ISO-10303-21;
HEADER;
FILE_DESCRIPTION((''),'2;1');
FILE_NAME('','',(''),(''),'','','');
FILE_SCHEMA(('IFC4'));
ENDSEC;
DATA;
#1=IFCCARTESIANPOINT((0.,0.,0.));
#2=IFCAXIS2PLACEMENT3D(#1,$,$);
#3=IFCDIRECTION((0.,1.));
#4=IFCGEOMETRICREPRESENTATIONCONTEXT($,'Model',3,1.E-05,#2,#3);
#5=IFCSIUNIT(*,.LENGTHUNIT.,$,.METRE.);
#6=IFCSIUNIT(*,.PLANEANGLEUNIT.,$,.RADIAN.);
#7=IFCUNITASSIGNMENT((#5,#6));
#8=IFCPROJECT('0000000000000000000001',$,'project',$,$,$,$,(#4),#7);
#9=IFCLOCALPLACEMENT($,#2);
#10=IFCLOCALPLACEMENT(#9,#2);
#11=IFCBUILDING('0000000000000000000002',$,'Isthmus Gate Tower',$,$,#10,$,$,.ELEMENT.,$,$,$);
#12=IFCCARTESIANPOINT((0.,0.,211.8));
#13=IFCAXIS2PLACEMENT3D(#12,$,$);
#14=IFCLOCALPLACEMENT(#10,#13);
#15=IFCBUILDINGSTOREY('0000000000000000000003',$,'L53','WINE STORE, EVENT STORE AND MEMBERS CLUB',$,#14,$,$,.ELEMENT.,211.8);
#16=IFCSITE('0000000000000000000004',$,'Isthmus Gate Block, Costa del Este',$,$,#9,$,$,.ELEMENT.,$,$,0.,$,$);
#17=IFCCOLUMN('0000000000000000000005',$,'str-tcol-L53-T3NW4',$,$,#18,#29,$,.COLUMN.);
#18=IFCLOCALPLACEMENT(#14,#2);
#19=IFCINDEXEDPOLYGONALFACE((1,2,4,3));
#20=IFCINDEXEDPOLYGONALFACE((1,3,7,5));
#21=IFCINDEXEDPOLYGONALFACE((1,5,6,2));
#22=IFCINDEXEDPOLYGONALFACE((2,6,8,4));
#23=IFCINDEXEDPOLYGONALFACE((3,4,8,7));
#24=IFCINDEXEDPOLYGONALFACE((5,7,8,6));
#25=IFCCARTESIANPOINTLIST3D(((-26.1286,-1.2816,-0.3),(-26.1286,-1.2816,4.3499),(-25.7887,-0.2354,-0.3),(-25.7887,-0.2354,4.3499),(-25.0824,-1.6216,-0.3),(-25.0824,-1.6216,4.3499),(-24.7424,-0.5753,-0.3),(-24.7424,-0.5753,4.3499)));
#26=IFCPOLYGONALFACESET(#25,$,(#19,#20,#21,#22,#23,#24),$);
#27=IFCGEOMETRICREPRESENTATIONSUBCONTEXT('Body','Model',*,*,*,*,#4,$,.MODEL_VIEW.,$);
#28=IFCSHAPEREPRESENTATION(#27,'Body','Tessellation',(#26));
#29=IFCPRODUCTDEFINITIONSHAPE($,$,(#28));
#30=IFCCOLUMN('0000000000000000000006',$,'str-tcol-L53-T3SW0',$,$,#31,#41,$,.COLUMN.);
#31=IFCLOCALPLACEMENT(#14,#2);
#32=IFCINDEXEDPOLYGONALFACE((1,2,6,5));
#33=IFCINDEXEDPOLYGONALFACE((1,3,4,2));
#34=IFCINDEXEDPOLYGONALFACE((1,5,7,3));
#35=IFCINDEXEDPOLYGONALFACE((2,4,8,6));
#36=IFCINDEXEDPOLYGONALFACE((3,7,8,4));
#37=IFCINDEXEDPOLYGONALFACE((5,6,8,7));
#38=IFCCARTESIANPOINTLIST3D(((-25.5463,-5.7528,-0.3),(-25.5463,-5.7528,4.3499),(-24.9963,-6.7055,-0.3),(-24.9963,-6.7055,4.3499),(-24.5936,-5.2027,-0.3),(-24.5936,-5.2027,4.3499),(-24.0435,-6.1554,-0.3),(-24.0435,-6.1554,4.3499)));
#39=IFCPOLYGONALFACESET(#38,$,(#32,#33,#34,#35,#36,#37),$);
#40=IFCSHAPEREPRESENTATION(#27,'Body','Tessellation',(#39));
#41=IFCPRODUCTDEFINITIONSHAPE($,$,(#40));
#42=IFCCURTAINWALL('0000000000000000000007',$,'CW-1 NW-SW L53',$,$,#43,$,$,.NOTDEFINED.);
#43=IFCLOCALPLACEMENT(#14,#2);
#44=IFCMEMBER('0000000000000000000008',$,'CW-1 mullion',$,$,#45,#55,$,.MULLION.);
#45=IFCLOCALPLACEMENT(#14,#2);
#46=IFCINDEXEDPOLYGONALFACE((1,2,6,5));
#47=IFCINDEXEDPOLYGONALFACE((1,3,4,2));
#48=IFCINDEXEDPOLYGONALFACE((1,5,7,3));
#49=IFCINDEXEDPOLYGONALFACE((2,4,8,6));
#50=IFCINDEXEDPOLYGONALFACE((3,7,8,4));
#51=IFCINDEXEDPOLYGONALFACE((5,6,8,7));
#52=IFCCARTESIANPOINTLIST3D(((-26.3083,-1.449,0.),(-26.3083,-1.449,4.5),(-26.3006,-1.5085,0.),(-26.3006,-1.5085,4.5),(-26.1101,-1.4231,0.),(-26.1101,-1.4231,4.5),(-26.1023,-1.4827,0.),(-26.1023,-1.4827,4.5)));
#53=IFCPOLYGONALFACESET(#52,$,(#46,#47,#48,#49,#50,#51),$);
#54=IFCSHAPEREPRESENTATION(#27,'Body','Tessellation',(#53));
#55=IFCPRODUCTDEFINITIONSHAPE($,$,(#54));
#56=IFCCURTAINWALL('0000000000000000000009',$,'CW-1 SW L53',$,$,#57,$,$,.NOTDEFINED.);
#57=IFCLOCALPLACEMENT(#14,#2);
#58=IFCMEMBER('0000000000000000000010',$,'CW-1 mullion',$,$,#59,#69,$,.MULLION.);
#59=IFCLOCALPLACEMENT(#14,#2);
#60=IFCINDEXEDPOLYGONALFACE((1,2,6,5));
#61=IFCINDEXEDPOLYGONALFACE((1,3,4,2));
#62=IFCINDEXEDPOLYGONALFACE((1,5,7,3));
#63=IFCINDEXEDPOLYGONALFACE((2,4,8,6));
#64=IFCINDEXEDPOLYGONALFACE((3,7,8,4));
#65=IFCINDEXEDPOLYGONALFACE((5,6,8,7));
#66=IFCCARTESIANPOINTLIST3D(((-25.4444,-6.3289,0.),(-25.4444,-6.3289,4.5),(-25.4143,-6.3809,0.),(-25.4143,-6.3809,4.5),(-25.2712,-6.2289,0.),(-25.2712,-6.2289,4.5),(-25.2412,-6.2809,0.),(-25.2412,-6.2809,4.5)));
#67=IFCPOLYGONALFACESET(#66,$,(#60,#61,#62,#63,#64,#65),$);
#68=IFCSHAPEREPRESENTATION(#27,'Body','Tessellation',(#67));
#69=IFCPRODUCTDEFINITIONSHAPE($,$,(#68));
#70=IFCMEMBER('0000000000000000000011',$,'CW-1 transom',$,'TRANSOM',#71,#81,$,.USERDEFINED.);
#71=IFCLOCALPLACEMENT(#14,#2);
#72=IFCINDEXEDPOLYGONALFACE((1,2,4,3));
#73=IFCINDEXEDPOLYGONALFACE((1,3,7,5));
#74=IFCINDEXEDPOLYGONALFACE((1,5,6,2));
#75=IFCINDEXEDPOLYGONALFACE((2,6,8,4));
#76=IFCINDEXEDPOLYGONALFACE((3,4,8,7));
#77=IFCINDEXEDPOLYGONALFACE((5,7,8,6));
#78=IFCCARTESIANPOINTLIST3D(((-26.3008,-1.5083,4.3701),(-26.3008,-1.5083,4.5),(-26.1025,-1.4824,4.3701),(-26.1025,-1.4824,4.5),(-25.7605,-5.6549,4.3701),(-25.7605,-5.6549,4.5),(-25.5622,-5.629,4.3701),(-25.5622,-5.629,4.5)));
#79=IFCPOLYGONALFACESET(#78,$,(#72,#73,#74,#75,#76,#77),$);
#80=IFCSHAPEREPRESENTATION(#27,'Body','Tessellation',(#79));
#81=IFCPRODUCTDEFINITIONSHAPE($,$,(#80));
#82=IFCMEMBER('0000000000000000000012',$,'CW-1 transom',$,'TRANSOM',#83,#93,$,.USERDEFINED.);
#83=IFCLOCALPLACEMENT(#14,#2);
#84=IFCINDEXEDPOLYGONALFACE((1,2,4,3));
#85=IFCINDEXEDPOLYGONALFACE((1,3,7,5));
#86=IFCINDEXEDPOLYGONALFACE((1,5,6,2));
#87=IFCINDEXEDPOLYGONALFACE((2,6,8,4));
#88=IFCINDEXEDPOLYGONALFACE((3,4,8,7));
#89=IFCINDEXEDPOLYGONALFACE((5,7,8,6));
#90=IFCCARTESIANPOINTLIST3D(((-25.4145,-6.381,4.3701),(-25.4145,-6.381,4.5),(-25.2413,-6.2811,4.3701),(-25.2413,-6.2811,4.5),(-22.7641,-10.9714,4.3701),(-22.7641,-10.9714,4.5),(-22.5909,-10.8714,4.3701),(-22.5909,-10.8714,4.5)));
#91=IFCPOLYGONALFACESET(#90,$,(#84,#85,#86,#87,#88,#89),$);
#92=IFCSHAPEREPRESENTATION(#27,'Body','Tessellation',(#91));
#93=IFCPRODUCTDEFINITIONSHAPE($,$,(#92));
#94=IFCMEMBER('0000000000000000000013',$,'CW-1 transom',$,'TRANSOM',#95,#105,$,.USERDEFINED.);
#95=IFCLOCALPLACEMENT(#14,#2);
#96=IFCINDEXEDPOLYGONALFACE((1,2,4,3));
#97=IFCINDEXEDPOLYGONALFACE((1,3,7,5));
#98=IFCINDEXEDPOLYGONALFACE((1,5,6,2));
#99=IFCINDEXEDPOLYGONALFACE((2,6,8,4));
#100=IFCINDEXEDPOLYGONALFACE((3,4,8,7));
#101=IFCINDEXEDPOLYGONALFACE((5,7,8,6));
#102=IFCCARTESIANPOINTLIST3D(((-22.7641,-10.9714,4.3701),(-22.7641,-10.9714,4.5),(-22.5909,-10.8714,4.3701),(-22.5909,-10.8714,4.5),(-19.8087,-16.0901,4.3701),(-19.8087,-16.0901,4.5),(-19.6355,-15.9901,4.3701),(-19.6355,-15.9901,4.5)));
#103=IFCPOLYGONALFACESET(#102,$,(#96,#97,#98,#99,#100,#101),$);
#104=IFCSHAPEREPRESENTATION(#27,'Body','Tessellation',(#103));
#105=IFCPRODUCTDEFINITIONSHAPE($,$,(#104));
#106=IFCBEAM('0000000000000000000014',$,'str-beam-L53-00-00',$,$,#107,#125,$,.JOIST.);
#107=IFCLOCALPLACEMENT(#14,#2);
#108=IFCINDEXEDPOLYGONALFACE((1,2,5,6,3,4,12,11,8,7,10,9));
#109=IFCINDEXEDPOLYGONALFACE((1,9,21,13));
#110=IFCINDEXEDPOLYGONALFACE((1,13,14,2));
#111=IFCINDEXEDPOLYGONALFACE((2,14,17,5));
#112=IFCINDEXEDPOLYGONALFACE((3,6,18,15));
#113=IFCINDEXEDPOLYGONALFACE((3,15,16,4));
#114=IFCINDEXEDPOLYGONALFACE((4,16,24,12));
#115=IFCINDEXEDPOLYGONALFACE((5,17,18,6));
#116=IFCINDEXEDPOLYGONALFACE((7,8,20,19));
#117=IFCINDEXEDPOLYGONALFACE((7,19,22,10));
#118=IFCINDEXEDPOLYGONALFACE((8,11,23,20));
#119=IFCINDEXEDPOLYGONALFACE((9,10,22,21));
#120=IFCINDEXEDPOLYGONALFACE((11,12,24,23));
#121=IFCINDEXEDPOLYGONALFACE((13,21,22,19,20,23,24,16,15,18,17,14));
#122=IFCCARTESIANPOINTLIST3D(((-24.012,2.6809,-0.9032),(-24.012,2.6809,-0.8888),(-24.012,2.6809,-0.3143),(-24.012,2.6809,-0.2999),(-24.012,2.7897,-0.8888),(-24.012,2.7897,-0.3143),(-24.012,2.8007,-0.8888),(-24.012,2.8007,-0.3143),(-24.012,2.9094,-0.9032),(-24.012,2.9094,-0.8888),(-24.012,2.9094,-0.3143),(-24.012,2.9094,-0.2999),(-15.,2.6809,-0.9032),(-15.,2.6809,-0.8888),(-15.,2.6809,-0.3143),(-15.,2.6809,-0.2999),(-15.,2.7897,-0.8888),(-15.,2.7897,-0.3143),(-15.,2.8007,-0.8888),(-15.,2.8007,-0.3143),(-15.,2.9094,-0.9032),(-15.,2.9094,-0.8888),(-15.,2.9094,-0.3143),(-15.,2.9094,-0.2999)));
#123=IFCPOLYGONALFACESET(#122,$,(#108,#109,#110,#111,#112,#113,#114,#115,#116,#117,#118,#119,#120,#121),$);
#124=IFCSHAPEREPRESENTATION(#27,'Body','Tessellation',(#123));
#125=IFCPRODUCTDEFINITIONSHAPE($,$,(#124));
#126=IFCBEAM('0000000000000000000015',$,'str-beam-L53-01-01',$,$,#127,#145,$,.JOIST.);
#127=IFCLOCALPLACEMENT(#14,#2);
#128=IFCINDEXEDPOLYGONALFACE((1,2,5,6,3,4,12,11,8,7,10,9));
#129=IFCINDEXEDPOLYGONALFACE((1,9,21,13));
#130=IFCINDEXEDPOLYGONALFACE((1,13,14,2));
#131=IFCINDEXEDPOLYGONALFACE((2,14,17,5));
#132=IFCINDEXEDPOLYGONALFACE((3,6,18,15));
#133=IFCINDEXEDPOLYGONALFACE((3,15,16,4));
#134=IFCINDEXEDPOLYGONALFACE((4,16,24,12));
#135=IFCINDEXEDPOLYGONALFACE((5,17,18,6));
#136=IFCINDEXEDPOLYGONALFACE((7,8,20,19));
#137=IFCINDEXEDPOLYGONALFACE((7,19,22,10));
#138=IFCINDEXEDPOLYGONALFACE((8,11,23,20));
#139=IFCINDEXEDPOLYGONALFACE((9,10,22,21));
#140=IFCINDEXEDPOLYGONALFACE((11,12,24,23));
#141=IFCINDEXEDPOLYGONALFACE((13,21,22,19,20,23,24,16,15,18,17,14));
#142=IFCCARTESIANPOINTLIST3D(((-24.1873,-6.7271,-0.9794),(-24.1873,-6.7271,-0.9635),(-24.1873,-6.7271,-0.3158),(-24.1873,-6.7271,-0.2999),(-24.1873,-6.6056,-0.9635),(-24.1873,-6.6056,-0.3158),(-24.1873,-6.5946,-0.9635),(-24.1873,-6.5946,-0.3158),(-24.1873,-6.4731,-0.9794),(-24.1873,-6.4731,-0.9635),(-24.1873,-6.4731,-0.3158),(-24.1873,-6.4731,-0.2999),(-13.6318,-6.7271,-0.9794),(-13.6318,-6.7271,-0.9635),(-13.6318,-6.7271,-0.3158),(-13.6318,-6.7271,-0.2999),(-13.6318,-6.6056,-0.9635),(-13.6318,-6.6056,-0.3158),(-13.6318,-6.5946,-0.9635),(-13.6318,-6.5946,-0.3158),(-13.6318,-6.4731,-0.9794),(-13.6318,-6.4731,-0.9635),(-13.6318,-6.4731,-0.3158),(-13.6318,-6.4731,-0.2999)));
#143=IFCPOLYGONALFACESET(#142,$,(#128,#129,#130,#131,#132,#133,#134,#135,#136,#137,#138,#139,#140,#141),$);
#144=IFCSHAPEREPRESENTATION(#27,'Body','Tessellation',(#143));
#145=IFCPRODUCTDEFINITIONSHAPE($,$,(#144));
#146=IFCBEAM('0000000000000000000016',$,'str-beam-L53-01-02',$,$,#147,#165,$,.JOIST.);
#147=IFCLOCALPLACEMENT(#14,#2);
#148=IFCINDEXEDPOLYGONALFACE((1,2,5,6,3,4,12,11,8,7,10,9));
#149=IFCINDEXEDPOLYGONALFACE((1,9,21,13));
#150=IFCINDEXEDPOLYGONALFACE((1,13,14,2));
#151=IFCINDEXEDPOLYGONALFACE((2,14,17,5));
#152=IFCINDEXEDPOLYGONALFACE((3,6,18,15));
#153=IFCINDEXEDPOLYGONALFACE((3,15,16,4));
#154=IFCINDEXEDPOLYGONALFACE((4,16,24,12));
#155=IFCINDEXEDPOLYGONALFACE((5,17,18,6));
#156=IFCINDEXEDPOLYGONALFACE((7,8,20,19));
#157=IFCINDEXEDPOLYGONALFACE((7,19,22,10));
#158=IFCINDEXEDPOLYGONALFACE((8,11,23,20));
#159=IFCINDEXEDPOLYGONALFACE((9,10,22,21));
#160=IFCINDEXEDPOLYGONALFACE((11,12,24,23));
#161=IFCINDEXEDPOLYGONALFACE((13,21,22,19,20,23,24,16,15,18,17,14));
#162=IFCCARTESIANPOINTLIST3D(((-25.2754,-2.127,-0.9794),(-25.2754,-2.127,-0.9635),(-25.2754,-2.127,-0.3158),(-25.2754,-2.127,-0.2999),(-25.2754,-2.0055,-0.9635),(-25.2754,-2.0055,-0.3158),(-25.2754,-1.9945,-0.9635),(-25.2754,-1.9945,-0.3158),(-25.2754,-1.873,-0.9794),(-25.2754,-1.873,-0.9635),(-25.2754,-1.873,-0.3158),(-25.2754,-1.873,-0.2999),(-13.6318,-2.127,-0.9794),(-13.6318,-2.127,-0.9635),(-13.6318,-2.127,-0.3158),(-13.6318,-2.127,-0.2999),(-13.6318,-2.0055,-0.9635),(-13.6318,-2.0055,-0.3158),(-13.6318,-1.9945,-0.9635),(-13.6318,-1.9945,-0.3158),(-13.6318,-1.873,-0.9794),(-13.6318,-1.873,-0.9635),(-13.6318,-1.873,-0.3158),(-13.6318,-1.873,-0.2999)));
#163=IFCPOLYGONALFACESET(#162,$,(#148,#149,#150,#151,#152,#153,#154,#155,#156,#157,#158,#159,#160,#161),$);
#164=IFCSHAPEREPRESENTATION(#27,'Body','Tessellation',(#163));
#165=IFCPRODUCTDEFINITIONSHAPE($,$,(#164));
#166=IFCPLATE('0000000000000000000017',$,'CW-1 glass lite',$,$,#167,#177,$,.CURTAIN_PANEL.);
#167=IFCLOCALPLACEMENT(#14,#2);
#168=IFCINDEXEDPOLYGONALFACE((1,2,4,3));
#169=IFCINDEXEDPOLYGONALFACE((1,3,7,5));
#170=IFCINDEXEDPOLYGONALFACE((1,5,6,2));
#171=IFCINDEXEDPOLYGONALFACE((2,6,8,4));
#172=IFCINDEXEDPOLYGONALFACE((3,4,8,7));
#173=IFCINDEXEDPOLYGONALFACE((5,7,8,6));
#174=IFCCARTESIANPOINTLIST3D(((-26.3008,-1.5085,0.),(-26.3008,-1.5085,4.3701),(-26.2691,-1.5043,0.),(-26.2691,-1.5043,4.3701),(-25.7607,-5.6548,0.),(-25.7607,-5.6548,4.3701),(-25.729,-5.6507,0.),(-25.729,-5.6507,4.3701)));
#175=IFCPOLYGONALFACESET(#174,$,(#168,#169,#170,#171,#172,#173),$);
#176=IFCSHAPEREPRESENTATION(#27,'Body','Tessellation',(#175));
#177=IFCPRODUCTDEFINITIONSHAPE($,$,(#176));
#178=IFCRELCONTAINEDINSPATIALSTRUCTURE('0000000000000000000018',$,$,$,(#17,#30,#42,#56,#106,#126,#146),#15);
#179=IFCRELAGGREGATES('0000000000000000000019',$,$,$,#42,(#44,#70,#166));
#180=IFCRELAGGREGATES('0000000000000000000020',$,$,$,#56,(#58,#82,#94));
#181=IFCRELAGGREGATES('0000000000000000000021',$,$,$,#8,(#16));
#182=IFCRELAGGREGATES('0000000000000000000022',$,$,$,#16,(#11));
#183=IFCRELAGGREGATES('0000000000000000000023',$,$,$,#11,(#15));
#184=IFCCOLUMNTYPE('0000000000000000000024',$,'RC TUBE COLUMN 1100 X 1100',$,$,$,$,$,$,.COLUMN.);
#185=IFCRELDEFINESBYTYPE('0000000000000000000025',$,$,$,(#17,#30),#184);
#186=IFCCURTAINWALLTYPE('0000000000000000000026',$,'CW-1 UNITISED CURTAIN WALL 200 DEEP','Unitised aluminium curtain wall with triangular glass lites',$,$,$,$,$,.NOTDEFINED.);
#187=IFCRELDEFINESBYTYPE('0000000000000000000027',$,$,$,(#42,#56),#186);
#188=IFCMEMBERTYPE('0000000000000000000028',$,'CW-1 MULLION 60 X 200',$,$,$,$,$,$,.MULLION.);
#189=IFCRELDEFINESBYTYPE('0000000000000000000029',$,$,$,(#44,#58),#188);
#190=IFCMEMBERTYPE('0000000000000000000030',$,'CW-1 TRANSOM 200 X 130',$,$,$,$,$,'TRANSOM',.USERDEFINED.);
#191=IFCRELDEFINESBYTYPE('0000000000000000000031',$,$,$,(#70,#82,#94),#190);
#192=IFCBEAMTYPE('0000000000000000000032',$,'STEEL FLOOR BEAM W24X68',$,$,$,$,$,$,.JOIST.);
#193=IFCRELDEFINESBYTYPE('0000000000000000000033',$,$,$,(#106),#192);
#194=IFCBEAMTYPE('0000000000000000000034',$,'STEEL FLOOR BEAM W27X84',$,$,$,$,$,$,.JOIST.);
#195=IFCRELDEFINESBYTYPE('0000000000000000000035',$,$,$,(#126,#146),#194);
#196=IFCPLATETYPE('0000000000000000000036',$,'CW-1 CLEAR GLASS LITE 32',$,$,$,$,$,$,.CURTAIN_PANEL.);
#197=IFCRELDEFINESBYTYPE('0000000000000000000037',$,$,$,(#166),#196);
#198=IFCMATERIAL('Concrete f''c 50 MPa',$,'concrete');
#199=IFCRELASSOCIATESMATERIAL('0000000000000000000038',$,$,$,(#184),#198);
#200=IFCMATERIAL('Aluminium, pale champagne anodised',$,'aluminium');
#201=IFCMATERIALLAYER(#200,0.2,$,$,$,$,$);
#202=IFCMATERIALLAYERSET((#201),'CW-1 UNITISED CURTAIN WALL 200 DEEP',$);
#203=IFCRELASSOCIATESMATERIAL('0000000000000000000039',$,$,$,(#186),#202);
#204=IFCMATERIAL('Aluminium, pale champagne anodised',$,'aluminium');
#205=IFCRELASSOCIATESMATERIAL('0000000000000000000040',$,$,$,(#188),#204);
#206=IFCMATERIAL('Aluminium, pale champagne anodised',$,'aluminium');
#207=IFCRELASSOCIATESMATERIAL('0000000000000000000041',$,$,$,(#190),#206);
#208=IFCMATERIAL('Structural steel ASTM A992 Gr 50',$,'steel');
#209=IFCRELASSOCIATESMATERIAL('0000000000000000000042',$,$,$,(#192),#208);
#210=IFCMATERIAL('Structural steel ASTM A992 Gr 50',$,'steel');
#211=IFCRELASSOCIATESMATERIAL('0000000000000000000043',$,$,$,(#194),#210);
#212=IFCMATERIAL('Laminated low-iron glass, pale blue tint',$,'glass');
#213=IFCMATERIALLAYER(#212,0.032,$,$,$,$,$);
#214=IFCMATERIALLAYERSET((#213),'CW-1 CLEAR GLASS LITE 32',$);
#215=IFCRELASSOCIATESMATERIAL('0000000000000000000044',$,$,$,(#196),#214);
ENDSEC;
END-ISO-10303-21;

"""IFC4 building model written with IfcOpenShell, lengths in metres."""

from ifc_helpers import new_model, si_unit, direction, frame, origin, origin_2d, place, context, subcontext, project, spatial, rectangle, i_section, extrude, material, layer, layer_set, material_profile, profile_set, type_object, element, aggregate, save


model = new_model("IFC4")

# Units and contexts
model_context = context("Model", 3, precision=1e-05, world=origin(), true_north=direction((0.0, 1.0)))
body_context = subcontext(model_context, "Body", "Model", "MODEL_VIEW")
ifc_project = project(units=[si_unit("LENGTHUNIT", "METRE"), si_unit("PLANEANGLEUNIT", "RADIAN")], contexts=[model_context])

# Site, building, storey
site_placement = place(None, origin())
site = spatial("IfcSite", under=ifc_project, at=site_placement, Name="Isthmus Gate Block, Costa del Este", CompositionType="ELEMENT", RefElevation=0.0)
building_placement = place(site_placement, origin())
building = spatial("IfcBuilding", under=site, at=building_placement, Name="Isthmus Gate Tower", CompositionType="ELEMENT")
storey_placement = place(building_placement, frame((0.0, 0.0, 211.8)))
storey = spatial("IfcBuildingStorey", under=building, at=storey_placement, Name="L53", Description="WINE STORE, EVENT STORE AND MEMBERS CLUB", CompositionType="ELEMENT", Elevation=211.8)

# Columns
ifc_material_1 = material(Name="Concrete f'c 50 MPa", Category="concrete")
ifc_material_profile_1 = material_profile(ifc_material_1, rectangle(XDim=1.1001, YDim=1.1001, at=origin_2d()), Name="RC 1100X1100")
ifc_profile_set_1 = profile_set([ifc_material_profile_1], Name="Concrete f'c 50 MPa")
column_type = type_object("IfcColumnType", Name="RC TUBE COLUMN 1100 X 1100", PredefinedType="COLUMN", material=ifc_profile_set_1)
for number, where, z_axis, x_axis, name in (
    (1, (-25.4355, -0.9285, -0.3), (0.0, 0.0, 1.0), (-0.309017, -0.951057, 0.0), "str-tcol-L53-T3NW4"),
    (2, (-24.7949, -5.9541, -0.3), (0.0, 0.0, 1.0), (0.5, -0.866025, 0.0), "str-tcol-L53-T3SW0"),
):
    element("IfcColumn", number, at=place(storey_placement, frame(where, z_axis=z_axis, x_axis=x_axis)), inside=storey, type_object=column_type, Name=name, PredefinedType="COLUMN", context=body_context, shape_type="SweptSolid", body=[
        extrude(rectangle(XDim=1.1001, YDim=1.1001, at=origin_2d()), origin(), (0.0, 0.0, 1.0), 4.6499),
    ])

# Curtain walls, members
ifc_material_2 = material(Name="Aluminium, pale champagne anodised", Category="aluminium")
ifc_layer_1 = layer(ifc_material_2, 0.2)
ifc_layer_set_1 = layer_set([ifc_layer_1], Name="CW-1 UNITISED CURTAIN WALL 200 DEEP")
curtain_wall_type = type_object("IfcCurtainWallType", Name="CW-1 UNITISED CURTAIN WALL 200 DEEP", Description="Unitised aluminium curtain wall with triangular glass lites", PredefinedType="NOTDEFINED", material=ifc_layer_set_1)
curtain_wall_1_placement = place(storey_placement, origin())
curtain_wall_1 = element("IfcCurtainWall", 3, at=curtain_wall_1_placement, inside=storey, type_object=curtain_wall_type, Name="CW-1 NW-SW L53", PredefinedType="NOTDEFINED")
ifc_material_3 = material(Name="Aluminium, pale champagne anodised", Category="aluminium")
ifc_material_profile_2 = material_profile(ifc_material_3, rectangle(XDim=0.0601, YDim=0.2, at=origin_2d()), Name="60x200")
ifc_profile_set_2 = profile_set([ifc_material_profile_2], Name="Aluminium, pale champagne anodised")
member_type_1 = type_object("IfcMemberType", Name="CW-1 MULLION 60 X 200", PredefinedType="MULLION", material=ifc_profile_set_2)
member_1_placement = place(storey_placement, frame((-26.2053, -1.4658, 0.0), z_axis=(0.0, 0.0, 1.0), x_axis=(0.129165, -0.991623, 0.0)))
member_1 = element("IfcMember", 4, at=member_1_placement, type_object=member_type_1, Name="CW-1 mullion", PredefinedType="MULLION", context=body_context, shape_type="SweptSolid", body=[
    extrude(rectangle(XDim=0.0601, YDim=0.2, at=origin_2d()), origin(), (0.0, 0.0, 1.0), 4.5),
])
curtain_wall_2_placement = place(storey_placement, origin())
curtain_wall_2 = element("IfcCurtainWall", 5, at=curtain_wall_2_placement, inside=storey, type_object=curtain_wall_type, Name="CW-1 SW L53", PredefinedType="NOTDEFINED")
member_2_placement = place(storey_placement, frame((-25.3428, -6.3049, 0.0), z_axis=(0.0, 0.0, 1.0), x_axis=(0.5, -0.866025, 0.0)))
member_2 = element("IfcMember", 6, at=member_2_placement, type_object=member_type_1, Name="CW-1 mullion", PredefinedType="MULLION", context=body_context, shape_type="SweptSolid", body=[
    extrude(rectangle(XDim=0.0601, YDim=0.2, at=origin_2d()), origin(), (0.0, 0.0, 1.0), 4.5),
])

# Members
ifc_material_4 = material(Name="Aluminium, pale champagne anodised", Category="aluminium")
ifc_material_profile_3 = material_profile(ifc_material_4, rectangle(XDim=0.2, YDim=0.1299, at=origin_2d()), Name="200x130")
ifc_profile_set_3 = profile_set([ifc_material_profile_3], Name="Aluminium, pale champagne anodised")
member_type_2 = type_object("IfcMemberType", Name="CW-1 TRANSOM 200 X 130", ElementType="TRANSOM", PredefinedType="USERDEFINED", material=ifc_profile_set_3)
member_3_placement = place(storey_placement, frame((-26.2017, -1.4954, 4.4351), z_axis=(0.129207, -0.991618, 0.0), x_axis=(0.991618, 0.129207, 0.0)))
member_3 = element("IfcMember", 7, at=member_3_placement, type_object=member_type_2, Name="CW-1 transom", ObjectType="TRANSOM", PredefinedType="USERDEFINED", context=body_context, shape_type="SweptSolid", body=[
    extrude(rectangle(XDim=0.2, YDim=0.1299, at=origin_2d()), origin(), (0.0, 0.0, 1.0), 4.1816),
])
member_4_placement = place(storey_placement, frame((-25.3279, -6.3311, 4.4351), z_axis=(0.500023, -0.866012, 0.0), x_axis=(0.866012, 0.500023, 0.0)))
member_4 = element("IfcMember", 8, at=member_4_placement, type_object=member_type_2, Name="CW-1 transom", ObjectType="TRANSOM", PredefinedType="USERDEFINED", context=body_context, shape_type="SweptSolid", body=[
    extrude(rectangle(XDim=0.2, YDim=0.1299, at=origin_2d()), origin(), (0.0, 0.0, 1.0), 5.3005),
])
member_5_placement = place(storey_placement, frame((-22.6775, -10.9214, 4.4351), z_axis=(0.500008, -0.86602, 0.0), x_axis=(0.86602, 0.500008, 0.0)))
member_5 = element("IfcMember", 9, at=member_5_placement, type_object=member_type_2, Name="CW-1 transom", ObjectType="TRANSOM", PredefinedType="USERDEFINED", context=body_context, shape_type="SweptSolid", body=[
    extrude(rectangle(XDim=0.2, YDim=0.1299, at=origin_2d()), origin(), (0.0, 0.0, 1.0), 5.9106),
])

# Beams
ifc_material_5 = material(Name="Structural steel ASTM A992 Gr 50", Category="steel")
ifc_material_profile_4 = material_profile(ifc_material_5, i_section(OverallWidth=0.2285, OverallDepth=0.6033, WebThickness=0.011, FlangeThickness=0.0144, at=origin_2d()), Name="W24X68")
ifc_profile_set_4 = profile_set([ifc_material_profile_4], Name="Structural steel ASTM A992 Gr 50")
beam_type_1 = type_object("IfcBeamType", Name="STEEL FLOOR BEAM W24X68", PredefinedType="JOIST", material=ifc_profile_set_4)
beam_1_placement = place(storey_placement, frame((-24.012, 2.7952, -0.6016), z_axis=(1.0, 0.0, 0.0), x_axis=(0.0, 1.0, 0.0)))
element("IfcBeam", 10, at=beam_1_placement, inside=storey, type_object=beam_type_1, Name="str-beam-L53-00-00", PredefinedType="JOIST", context=body_context, shape_type="SweptSolid", body=[
    extrude(i_section(OverallWidth=0.2285, OverallDepth=0.6033, WebThickness=0.011, FlangeThickness=0.0144, at=origin_2d()), origin(), (0.0, 0.0, 1.0), 9.012),
])
ifc_material_6 = material(Name="Structural steel ASTM A992 Gr 50", Category="steel")
ifc_material_profile_5 = material_profile(ifc_material_6, i_section(OverallWidth=0.2539, OverallDepth=0.6794, WebThickness=0.011, FlangeThickness=0.0159, at=origin_2d()), Name="W27X84")
ifc_profile_set_5 = profile_set([ifc_material_profile_5], Name="Structural steel ASTM A992 Gr 50")
beam_type_2 = type_object("IfcBeamType", Name="STEEL FLOOR BEAM W27X84", PredefinedType="JOIST", material=ifc_profile_set_5)
beam_2_placement = place(storey_placement, frame((-24.1873, -6.6001, -0.6396), z_axis=(1.0, 0.0, 0.0), x_axis=(0.0, 1.0, 0.0)))
element("IfcBeam", 11, at=beam_2_placement, inside=storey, type_object=beam_type_2, Name="str-beam-L53-01-01", PredefinedType="JOIST", context=body_context, shape_type="SweptSolid", body=[
    extrude(i_section(OverallWidth=0.2539, OverallDepth=0.6794, WebThickness=0.011, FlangeThickness=0.0159, at=origin_2d()), origin(), (0.0, 0.0, 1.0), 10.5554),
])
beam_3_placement = place(storey_placement, frame((-25.2754, -2.0, -0.6396), z_axis=(1.0, 0.0, 0.0), x_axis=(0.0, 1.0, 0.0)))
element("IfcBeam", 12, at=beam_3_placement, inside=storey, type_object=beam_type_2, Name="str-beam-L53-01-02", PredefinedType="JOIST", context=body_context, shape_type="SweptSolid", body=[
    extrude(i_section(OverallWidth=0.2539, OverallDepth=0.6794, WebThickness=0.011, FlangeThickness=0.0159, at=origin_2d()), origin(), (0.0, 0.0, 1.0), 11.6436),
])

# Plate
ifc_material_7 = material(Name="Laminated low-iron glass, pale blue tint", Category="glass")
ifc_layer_2 = layer(ifc_material_7, 0.032)
ifc_layer_set_2 = layer_set([ifc_layer_2], Name="CW-1 CLEAR GLASS LITE 32")
plate_type = type_object("IfcPlateType", Name="CW-1 CLEAR GLASS LITE 32", PredefinedType="CURTAIN_PANEL", material=ifc_layer_set_2)
plate_1_placement = place(storey_placement, frame((-26.0149, -3.5796, 0.0), z_axis=(0.0, 0.0, 1.0), x_axis=(0.129165, -0.991623, 0.0)))
plate_1 = element("IfcPlate", 13, at=plate_1_placement, type_object=plate_type, Name="CW-1 glass lite", PredefinedType="CURTAIN_PANEL", context=body_context, shape_type="SweptSolid", body=[
    extrude(rectangle(XDim=4.1814, YDim=0.032, at=origin_2d()), origin(), (0.0, 0.0, 1.0), 4.3701),
])
aggregate(curtain_wall_1, [member_1, member_3, plate_1])
aggregate(curtain_wall_2, [member_2, member_4, member_5])

save(model, "model.ifc")
